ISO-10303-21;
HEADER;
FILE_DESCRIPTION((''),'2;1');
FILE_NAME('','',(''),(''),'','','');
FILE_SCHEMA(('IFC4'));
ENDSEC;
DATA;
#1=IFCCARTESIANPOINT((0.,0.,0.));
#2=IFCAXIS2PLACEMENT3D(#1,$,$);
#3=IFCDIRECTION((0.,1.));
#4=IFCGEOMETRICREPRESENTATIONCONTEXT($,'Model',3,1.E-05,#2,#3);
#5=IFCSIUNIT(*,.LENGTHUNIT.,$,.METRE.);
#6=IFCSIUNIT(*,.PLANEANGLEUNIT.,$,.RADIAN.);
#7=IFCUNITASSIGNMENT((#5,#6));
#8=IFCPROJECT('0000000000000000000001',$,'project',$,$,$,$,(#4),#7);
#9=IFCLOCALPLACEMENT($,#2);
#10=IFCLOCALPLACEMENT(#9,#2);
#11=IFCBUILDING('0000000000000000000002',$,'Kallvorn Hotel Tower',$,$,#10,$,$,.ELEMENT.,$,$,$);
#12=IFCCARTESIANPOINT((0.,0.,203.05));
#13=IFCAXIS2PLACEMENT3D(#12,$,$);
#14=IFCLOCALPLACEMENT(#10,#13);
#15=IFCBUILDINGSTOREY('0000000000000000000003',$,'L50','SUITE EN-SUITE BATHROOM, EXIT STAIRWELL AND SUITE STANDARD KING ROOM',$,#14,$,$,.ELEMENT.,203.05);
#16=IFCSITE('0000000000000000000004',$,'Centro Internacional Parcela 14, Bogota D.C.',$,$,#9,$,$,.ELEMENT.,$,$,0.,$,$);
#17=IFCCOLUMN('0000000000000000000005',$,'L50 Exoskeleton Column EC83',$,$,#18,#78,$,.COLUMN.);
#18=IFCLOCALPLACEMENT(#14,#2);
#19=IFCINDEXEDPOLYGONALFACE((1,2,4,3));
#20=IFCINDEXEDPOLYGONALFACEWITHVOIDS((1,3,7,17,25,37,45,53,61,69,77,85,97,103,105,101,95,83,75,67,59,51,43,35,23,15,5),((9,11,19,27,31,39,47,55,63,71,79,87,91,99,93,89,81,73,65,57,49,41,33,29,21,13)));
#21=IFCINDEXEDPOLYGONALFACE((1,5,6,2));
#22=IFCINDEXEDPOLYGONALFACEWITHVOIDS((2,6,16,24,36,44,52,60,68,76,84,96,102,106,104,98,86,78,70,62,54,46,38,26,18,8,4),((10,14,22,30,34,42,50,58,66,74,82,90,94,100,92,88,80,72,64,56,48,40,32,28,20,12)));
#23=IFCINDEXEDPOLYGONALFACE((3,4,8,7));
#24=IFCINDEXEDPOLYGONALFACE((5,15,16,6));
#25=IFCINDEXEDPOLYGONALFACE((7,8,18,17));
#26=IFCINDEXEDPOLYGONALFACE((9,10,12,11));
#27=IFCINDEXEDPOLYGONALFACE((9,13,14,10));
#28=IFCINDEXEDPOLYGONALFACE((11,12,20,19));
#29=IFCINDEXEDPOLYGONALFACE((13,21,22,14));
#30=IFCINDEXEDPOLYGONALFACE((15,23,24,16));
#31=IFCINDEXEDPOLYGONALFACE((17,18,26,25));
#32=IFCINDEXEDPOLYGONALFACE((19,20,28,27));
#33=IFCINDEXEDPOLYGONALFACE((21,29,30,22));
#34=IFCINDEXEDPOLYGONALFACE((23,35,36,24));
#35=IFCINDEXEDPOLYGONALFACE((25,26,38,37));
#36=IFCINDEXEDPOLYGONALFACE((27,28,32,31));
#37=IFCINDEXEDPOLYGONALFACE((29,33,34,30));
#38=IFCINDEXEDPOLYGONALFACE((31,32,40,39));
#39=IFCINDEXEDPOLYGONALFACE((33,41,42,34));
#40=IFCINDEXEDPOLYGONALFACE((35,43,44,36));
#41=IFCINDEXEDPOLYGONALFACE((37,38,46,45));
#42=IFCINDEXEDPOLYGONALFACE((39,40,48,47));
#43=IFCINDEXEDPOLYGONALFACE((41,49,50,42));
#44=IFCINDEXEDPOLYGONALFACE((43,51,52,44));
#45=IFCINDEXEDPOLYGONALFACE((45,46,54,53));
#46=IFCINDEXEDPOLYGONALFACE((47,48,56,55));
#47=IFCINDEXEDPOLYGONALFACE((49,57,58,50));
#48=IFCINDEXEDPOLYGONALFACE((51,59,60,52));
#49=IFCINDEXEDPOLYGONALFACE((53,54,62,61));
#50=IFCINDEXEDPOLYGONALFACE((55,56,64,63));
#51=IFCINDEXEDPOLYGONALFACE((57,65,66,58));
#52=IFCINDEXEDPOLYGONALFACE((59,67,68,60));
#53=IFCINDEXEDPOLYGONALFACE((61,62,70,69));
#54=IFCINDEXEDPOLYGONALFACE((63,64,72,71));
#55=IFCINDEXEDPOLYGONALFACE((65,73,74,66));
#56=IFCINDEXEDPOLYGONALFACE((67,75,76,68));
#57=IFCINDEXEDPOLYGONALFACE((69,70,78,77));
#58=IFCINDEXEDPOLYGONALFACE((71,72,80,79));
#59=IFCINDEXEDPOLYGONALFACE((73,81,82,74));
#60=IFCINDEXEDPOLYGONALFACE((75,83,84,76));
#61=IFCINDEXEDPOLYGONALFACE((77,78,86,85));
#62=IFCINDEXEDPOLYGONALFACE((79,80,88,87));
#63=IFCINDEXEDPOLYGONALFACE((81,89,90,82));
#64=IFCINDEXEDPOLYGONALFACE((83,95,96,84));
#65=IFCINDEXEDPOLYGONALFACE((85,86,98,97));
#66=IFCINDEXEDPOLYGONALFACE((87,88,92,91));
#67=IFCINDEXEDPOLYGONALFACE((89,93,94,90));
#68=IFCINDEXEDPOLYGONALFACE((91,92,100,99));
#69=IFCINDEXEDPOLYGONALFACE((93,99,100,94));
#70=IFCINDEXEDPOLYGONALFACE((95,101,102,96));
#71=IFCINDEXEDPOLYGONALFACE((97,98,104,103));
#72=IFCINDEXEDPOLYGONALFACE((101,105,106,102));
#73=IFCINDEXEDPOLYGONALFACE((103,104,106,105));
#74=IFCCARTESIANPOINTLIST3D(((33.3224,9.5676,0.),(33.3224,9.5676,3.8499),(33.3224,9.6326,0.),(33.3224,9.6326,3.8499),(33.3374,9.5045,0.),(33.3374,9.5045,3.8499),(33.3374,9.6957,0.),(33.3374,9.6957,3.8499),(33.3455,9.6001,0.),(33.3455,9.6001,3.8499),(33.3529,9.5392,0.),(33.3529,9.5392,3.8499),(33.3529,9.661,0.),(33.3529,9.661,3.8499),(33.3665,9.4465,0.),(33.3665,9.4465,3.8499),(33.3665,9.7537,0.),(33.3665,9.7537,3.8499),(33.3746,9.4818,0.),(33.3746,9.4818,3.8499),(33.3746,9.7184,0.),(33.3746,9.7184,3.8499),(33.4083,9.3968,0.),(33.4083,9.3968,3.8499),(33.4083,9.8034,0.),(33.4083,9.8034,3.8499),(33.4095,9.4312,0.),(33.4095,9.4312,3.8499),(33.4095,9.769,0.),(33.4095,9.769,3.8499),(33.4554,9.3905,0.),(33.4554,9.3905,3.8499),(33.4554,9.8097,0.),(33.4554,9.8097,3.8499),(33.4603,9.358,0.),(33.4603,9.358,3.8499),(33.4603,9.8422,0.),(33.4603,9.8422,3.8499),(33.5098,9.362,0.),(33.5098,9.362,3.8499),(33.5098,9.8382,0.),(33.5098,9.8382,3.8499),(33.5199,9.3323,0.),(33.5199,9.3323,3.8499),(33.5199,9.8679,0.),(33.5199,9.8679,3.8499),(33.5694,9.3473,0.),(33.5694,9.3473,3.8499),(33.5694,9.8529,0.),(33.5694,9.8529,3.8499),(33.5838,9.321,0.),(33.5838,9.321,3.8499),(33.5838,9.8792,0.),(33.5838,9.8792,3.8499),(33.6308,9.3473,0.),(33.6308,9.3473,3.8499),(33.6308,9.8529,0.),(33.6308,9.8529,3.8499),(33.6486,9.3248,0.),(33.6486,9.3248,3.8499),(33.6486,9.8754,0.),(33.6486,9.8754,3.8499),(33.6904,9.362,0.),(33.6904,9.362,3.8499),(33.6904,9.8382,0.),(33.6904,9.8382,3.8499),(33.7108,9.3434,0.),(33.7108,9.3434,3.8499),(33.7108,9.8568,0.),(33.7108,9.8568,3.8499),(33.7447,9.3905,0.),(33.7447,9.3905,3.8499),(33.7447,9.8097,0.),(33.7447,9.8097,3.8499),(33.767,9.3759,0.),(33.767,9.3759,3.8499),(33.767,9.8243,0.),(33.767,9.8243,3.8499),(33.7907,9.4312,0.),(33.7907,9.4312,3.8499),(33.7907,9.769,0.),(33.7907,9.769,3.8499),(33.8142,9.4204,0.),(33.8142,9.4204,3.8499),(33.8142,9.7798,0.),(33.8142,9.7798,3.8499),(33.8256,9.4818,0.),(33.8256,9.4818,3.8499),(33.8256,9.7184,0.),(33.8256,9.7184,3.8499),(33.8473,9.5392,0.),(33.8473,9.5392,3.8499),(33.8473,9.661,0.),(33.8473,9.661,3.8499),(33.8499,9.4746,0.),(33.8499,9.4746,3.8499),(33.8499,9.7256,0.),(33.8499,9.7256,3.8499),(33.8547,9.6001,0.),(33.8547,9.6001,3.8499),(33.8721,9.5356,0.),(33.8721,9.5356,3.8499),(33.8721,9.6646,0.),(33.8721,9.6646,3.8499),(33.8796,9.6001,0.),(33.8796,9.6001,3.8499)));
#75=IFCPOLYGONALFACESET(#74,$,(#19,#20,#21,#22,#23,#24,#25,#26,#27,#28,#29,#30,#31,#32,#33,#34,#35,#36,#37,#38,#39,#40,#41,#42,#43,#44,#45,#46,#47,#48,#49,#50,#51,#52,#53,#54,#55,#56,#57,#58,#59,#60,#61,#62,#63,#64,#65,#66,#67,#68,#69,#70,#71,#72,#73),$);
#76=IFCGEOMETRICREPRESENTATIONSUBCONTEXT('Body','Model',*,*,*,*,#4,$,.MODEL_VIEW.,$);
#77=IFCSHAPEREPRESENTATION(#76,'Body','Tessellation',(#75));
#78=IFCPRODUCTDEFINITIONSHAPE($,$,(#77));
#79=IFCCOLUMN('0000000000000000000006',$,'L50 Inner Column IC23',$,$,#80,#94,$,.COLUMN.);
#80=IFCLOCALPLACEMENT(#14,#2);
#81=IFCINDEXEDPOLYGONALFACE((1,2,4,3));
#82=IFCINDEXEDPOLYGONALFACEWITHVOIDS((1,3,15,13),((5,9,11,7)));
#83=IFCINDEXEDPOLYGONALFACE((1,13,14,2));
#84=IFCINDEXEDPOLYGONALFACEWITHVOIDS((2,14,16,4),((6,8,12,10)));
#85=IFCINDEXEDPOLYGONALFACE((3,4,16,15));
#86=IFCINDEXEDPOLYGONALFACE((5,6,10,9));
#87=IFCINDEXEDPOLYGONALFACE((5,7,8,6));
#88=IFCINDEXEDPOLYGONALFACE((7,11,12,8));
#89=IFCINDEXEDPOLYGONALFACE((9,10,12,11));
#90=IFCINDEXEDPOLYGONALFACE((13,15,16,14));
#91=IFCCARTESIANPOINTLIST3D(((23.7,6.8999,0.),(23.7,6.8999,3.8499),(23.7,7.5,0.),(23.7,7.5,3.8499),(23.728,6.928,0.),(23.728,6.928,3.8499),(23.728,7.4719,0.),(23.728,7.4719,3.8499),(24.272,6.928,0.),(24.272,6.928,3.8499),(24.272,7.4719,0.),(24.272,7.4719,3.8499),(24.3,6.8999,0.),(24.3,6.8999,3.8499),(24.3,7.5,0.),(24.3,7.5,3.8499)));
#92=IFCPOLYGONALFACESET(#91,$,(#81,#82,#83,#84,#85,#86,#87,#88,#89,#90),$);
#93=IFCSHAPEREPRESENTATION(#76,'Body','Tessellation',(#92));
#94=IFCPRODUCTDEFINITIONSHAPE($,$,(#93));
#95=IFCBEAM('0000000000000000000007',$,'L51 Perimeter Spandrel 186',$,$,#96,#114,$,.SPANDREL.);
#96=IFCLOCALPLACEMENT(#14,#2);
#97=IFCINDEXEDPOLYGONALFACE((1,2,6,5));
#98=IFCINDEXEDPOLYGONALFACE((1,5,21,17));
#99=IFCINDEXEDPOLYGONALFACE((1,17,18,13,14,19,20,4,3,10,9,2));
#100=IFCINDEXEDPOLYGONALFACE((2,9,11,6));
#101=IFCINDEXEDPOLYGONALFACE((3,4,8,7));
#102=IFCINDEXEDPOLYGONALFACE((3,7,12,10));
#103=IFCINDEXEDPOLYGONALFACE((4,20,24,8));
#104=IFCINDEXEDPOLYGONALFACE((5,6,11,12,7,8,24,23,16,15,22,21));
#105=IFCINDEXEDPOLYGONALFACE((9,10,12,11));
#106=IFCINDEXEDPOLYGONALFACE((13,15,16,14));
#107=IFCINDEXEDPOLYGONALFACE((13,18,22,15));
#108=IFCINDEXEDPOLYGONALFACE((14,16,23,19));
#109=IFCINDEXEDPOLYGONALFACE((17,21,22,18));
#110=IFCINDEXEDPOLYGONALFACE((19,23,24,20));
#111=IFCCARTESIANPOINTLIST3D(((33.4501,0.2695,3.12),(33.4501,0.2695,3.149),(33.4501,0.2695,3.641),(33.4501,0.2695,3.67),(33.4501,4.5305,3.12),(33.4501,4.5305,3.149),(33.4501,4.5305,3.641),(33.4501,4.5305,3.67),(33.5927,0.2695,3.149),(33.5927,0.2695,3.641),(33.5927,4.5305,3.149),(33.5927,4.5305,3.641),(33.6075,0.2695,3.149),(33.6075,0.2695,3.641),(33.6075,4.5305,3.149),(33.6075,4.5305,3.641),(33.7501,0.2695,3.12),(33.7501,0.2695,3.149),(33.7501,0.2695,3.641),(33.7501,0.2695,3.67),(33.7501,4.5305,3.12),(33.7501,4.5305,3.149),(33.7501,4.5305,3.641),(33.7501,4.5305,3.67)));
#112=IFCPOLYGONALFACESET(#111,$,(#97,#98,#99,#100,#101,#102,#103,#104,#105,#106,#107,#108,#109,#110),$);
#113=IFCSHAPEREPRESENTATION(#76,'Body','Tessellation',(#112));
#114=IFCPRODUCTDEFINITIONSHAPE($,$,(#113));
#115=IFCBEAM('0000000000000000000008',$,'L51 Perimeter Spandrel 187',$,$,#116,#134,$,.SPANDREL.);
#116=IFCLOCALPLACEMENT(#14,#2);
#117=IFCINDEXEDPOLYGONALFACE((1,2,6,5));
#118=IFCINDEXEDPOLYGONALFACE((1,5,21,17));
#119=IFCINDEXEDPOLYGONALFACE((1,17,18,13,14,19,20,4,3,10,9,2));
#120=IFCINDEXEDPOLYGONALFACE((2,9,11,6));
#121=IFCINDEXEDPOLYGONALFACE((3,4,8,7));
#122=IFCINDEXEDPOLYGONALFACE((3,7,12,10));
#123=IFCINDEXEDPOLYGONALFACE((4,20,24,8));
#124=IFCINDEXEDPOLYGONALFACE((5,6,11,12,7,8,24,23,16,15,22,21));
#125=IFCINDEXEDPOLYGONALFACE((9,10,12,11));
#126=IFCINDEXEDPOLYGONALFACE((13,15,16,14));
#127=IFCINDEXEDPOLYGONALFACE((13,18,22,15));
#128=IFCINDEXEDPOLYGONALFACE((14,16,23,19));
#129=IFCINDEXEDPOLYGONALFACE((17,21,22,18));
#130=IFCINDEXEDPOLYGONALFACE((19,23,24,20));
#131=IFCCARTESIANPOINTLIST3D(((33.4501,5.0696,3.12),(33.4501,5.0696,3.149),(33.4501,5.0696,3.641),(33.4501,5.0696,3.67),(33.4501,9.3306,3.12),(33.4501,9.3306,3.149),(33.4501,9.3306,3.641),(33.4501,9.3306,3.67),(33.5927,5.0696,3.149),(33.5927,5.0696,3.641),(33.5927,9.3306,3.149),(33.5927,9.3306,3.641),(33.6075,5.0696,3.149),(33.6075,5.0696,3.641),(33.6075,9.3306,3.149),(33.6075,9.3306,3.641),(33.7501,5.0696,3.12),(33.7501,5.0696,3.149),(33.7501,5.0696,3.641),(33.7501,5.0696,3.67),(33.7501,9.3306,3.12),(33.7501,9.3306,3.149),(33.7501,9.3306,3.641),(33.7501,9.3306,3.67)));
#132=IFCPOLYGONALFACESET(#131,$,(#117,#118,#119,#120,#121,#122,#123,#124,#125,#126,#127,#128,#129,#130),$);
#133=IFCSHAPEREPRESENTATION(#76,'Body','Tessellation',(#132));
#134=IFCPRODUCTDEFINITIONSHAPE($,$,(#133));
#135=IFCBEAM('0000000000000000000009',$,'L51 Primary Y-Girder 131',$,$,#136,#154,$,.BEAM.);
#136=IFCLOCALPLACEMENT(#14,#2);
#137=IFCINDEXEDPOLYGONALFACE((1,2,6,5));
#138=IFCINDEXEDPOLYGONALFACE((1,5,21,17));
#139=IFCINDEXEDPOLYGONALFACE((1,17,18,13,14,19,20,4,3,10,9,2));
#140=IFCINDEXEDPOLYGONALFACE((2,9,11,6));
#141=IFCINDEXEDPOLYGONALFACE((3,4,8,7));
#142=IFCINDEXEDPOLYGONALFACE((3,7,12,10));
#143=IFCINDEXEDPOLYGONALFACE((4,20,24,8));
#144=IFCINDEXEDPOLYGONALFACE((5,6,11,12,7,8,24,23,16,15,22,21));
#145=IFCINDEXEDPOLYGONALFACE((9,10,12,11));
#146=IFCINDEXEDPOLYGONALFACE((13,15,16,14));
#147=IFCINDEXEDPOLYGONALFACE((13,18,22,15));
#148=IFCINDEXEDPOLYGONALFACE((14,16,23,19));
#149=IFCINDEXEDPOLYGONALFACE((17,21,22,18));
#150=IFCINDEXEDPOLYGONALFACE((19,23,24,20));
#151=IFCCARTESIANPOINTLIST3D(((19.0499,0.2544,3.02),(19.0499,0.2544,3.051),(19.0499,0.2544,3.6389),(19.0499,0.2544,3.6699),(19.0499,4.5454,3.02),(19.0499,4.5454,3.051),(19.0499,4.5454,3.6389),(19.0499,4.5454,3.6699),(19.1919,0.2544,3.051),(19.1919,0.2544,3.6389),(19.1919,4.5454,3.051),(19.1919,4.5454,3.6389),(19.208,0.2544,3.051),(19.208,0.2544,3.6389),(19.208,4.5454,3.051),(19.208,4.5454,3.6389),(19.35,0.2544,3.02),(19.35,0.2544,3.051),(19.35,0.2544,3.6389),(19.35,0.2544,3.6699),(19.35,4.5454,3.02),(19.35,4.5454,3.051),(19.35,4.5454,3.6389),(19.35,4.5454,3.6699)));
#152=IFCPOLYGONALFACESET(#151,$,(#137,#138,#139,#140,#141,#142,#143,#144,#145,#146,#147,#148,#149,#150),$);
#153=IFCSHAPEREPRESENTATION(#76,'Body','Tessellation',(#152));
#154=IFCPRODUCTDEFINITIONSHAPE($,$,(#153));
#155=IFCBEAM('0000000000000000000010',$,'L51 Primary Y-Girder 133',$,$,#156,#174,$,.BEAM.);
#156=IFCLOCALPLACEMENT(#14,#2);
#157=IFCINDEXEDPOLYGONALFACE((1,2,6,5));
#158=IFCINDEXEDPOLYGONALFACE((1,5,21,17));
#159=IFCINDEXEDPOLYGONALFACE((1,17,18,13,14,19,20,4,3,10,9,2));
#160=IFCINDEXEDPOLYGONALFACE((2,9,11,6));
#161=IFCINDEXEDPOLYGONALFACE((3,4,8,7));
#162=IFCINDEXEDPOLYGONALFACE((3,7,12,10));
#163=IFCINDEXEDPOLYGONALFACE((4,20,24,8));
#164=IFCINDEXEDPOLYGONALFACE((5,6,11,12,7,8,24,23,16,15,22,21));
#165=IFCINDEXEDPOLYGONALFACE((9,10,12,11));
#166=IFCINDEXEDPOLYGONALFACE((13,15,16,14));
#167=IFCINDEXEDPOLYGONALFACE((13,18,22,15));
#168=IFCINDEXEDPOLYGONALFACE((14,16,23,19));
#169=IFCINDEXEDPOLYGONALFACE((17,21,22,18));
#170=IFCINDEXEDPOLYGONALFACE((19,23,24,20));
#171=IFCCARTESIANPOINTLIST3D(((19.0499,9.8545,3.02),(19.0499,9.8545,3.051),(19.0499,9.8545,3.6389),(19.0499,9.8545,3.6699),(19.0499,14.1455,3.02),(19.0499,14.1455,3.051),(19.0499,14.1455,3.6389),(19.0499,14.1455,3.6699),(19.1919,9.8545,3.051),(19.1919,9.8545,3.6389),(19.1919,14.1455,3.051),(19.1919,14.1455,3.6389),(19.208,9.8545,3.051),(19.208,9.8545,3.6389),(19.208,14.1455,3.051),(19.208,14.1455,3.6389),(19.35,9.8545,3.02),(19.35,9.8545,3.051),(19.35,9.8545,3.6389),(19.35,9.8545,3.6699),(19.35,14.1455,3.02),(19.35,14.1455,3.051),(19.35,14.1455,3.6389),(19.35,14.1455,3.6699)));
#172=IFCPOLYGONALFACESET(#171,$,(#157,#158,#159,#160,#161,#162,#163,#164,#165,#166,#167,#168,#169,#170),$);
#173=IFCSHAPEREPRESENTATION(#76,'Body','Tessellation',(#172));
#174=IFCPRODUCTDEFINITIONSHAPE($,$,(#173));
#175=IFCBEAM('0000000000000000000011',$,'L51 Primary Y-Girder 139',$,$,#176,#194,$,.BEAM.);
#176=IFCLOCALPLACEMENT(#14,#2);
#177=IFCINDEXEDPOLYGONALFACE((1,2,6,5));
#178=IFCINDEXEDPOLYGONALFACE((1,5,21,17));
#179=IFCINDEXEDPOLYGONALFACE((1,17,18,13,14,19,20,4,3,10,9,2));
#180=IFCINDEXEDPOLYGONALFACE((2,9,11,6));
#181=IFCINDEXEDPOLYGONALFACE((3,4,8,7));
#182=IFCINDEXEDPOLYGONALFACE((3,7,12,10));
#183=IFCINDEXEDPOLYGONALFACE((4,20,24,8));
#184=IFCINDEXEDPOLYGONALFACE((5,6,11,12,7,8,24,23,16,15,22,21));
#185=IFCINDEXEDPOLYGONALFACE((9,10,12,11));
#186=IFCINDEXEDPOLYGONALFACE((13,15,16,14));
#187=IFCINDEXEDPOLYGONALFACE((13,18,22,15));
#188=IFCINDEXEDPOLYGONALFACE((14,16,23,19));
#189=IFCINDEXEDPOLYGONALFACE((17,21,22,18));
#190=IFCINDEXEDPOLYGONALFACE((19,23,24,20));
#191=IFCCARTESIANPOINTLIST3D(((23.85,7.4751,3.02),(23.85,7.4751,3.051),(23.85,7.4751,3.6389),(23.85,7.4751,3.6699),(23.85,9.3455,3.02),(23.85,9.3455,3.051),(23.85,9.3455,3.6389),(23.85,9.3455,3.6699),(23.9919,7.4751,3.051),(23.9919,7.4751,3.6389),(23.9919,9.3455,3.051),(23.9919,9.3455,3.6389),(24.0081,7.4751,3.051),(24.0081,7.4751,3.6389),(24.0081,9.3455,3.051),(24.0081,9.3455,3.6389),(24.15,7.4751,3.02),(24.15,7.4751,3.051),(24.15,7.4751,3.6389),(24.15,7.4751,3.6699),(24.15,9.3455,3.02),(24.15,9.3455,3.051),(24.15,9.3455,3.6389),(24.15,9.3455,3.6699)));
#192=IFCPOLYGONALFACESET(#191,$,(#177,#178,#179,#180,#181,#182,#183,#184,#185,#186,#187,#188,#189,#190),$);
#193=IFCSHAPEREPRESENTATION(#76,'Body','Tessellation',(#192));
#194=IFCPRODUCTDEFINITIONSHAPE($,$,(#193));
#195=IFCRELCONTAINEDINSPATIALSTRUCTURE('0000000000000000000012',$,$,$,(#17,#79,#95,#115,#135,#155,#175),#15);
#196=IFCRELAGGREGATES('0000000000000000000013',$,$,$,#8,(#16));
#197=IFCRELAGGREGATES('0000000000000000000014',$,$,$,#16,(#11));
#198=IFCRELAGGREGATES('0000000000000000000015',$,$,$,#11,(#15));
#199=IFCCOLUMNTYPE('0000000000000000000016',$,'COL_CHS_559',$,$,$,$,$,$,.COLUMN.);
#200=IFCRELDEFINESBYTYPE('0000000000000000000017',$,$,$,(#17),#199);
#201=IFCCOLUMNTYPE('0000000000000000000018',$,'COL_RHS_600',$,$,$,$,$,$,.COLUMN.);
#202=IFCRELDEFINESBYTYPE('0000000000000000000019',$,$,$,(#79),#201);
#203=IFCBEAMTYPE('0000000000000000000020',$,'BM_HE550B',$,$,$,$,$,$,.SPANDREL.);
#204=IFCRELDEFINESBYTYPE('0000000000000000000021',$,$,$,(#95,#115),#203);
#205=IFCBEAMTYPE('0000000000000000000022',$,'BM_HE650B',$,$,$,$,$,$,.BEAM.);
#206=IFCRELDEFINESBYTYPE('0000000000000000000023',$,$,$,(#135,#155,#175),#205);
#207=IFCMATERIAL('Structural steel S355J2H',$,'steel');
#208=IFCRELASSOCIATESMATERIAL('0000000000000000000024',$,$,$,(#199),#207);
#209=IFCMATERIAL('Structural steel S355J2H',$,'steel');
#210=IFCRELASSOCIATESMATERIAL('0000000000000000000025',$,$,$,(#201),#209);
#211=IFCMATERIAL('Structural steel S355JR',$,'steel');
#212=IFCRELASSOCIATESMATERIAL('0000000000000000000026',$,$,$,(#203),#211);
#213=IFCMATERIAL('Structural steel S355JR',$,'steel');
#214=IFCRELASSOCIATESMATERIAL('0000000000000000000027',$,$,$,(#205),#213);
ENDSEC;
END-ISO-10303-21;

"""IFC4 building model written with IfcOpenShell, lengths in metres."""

from ifc_helpers import new_model, si_unit, direction, frame, origin, origin_2d, place, context, subcontext, project, spatial, hollow_rectangle, hollow_circle, i_section, extrude, material, material_profile, profile_set, type_object, element, save


model = new_model("IFC4")

# Units and contexts
model_context = context("Model", 3, precision=1e-05, world=origin(), true_north=direction((0.0, 1.0)))
body_context = subcontext(model_context, "Body", "Model", "MODEL_VIEW")
ifc_project = project(units=[si_unit("LENGTHUNIT", "METRE"), si_unit("PLANEANGLEUNIT", "RADIAN")], contexts=[model_context])

# Site, building, storey
site_placement = place(None, origin())
site = spatial("IfcSite", under=ifc_project, at=site_placement, Name="Centro Internacional Parcela 14, Bogota D.C.", CompositionType="ELEMENT", RefElevation=0.0)
building_placement = place(site_placement, origin())
building = spatial("IfcBuilding", under=site, at=building_placement, Name="Kallvorn Hotel Tower", CompositionType="ELEMENT")
storey_placement = place(building_placement, frame((0.0, 0.0, 203.05)))
storey = spatial("IfcBuildingStorey", under=building, at=storey_placement, Name="L50", Description="SUITE EN-SUITE BATHROOM, EXIT STAIRWELL AND SUITE STANDARD KING ROOM", CompositionType="ELEMENT", Elevation=203.05)

# Columns
ifc_material_1 = material(Name="Structural steel S355J2H", Category="steel")
ifc_material_profile_1 = material_profile(ifc_material_1, hollow_circle(Radius=0.2795, WallThickness=0.0249, at=origin_2d()), Name="CHS 559x25")
ifc_profile_set_1 = profile_set([ifc_material_profile_1], Name="Structural steel S355J2H")
column_type_1 = type_object("IfcColumnType", Name="COL_CHS_559", PredefinedType="COLUMN", material=ifc_profile_set_1)
for number, where, z_axis, x_axis, name in (
    (1, (33.6001, 9.6001, 0.0), (0.0, 0.0, 1.0), (1.0, 0.0, 0.0), "L50 Exoskeleton Column EC83"),
):
    element("IfcColumn", number, at=place(storey_placement, frame(where, z_axis=z_axis, x_axis=x_axis)), inside=storey, type_object=column_type_1, Name=name, PredefinedType="COLUMN", context=body_context, shape_type="SweptSolid", body=[
        extrude(hollow_circle(Radius=0.2795, WallThickness=0.0249, at=origin_2d()), origin(), (0.0, 0.0, 1.0), 3.8499),
    ])
ifc_material_2 = material(Name="Structural steel S355J2H", Category="steel")
ifc_material_profile_2 = material_profile(ifc_material_2, hollow_rectangle(XDim=0.6001, YDim=0.6001, WallThickness=0.0281, at=origin_2d()), Name="RHS 600x600x28")
ifc_profile_set_2 = profile_set([ifc_material_profile_2], Name="Structural steel S355J2H")
column_type_2 = type_object("IfcColumnType", Name="COL_RHS_600", PredefinedType="COLUMN", material=ifc_profile_set_2)
column_placement = place(storey_placement, frame((24.0, 7.2, 0.0), z_axis=(0.0, 0.0, 1.0), x_axis=(1.0, 0.0, 0.0)))
element("IfcColumn", 2, at=column_placement, inside=storey, type_object=column_type_2, Name="L50 Inner Column IC23", PredefinedType="COLUMN", context=body_context, shape_type="SweptSolid", body=[
    extrude(hollow_rectangle(XDim=0.6001, YDim=0.6001, WallThickness=0.0281, at=origin_2d()), origin(), (0.0, 0.0, 1.0), 3.8499),
])

# Beams
ifc_material_3 = material(Name="Structural steel S355JR", Category="steel")
ifc_material_profile_3 = material_profile(ifc_material_3, i_section(OverallWidth=0.3, OverallDepth=0.55, WebThickness=0.0149, FlangeThickness=0.0291, at=origin_2d()), Name="HE 550 B")
ifc_profile_set_3 = profile_set([ifc_material_profile_3], Name="Structural steel S355JR")
beam_type_1 = type_object("IfcBeamType", Name="BM_HE550B", PredefinedType="SPANDREL", material=ifc_profile_set_3)
for number, where, z_axis, x_axis, name in (
    (3, (33.6001, 0.2695, 3.395), (0.0, 1.0, 0.0), (-1.0, 0.0, 0.0), "L51 Perimeter Spandrel 186"),
    (4, (33.6001, 5.0696, 3.395), (0.0, 1.0, 0.0), (-1.0, 0.0, 0.0), "L51 Perimeter Spandrel 187"),
):
    element("IfcBeam", number, at=place(storey_placement, frame(where, z_axis=z_axis, x_axis=x_axis)), inside=storey, type_object=beam_type_1, Name=name, PredefinedType="SPANDREL", context=body_context, shape_type="SweptSolid", body=[
        extrude(i_section(OverallWidth=0.3, OverallDepth=0.55, WebThickness=0.0149, FlangeThickness=0.0291, at=origin_2d()), origin(), (0.0, 0.0, 1.0), 4.261),
    ])
ifc_material_4 = material(Name="Structural steel S355JR", Category="steel")
ifc_material_profile_4 = material_profile(ifc_material_4, i_section(OverallWidth=0.3, OverallDepth=0.6499, WebThickness=0.0161, FlangeThickness=0.031, at=origin_2d()), Name="HE 650 B")
ifc_profile_set_4 = profile_set([ifc_material_profile_4], Name="Structural steel S355JR")
beam_type_2 = type_object("IfcBeamType", Name="BM_HE650B", PredefinedType="BEAM", material=ifc_profile_set_4)
for number, where, z_axis, x_axis, name in (
    (5, (19.2, 0.2544, 3.345), (0.0, 1.0, 0.0), (-1.0, 0.0, 0.0), "L51 Primary Y-Girder 131"),
    (6, (19.2, 9.8545, 3.345), (0.0, 1.0, 0.0), (-1.0, 0.0, 0.0), "L51 Primary Y-Girder 133"),
):
    element("IfcBeam", number, at=place(storey_placement, frame(where, z_axis=z_axis, x_axis=x_axis)), inside=storey, type_object=beam_type_2, Name=name, PredefinedType="BEAM", context=body_context, shape_type="SweptSolid", body=[
        extrude(i_section(OverallWidth=0.3, OverallDepth=0.6499, WebThickness=0.0161, FlangeThickness=0.031, at=origin_2d()), origin(), (0.0, 0.0, 1.0), 4.291),
    ])
beam_1_placement = place(storey_placement, frame((24.0, 7.4751, 3.345), z_axis=(0.0, 1.0, 0.0), x_axis=(-1.0, 0.0, 0.0)))
element("IfcBeam", 7, at=beam_1_placement, inside=storey, type_object=beam_type_2, Name="L51 Primary Y-Girder 139", PredefinedType="BEAM", context=body_context, shape_type="SweptSolid", body=[
    extrude(i_section(OverallWidth=0.3, OverallDepth=0.6499, WebThickness=0.0161, FlangeThickness=0.031, at=origin_2d()), origin(), (0.0, 0.0, 1.0), 1.8704),
])

save(model, "model.ifc")
